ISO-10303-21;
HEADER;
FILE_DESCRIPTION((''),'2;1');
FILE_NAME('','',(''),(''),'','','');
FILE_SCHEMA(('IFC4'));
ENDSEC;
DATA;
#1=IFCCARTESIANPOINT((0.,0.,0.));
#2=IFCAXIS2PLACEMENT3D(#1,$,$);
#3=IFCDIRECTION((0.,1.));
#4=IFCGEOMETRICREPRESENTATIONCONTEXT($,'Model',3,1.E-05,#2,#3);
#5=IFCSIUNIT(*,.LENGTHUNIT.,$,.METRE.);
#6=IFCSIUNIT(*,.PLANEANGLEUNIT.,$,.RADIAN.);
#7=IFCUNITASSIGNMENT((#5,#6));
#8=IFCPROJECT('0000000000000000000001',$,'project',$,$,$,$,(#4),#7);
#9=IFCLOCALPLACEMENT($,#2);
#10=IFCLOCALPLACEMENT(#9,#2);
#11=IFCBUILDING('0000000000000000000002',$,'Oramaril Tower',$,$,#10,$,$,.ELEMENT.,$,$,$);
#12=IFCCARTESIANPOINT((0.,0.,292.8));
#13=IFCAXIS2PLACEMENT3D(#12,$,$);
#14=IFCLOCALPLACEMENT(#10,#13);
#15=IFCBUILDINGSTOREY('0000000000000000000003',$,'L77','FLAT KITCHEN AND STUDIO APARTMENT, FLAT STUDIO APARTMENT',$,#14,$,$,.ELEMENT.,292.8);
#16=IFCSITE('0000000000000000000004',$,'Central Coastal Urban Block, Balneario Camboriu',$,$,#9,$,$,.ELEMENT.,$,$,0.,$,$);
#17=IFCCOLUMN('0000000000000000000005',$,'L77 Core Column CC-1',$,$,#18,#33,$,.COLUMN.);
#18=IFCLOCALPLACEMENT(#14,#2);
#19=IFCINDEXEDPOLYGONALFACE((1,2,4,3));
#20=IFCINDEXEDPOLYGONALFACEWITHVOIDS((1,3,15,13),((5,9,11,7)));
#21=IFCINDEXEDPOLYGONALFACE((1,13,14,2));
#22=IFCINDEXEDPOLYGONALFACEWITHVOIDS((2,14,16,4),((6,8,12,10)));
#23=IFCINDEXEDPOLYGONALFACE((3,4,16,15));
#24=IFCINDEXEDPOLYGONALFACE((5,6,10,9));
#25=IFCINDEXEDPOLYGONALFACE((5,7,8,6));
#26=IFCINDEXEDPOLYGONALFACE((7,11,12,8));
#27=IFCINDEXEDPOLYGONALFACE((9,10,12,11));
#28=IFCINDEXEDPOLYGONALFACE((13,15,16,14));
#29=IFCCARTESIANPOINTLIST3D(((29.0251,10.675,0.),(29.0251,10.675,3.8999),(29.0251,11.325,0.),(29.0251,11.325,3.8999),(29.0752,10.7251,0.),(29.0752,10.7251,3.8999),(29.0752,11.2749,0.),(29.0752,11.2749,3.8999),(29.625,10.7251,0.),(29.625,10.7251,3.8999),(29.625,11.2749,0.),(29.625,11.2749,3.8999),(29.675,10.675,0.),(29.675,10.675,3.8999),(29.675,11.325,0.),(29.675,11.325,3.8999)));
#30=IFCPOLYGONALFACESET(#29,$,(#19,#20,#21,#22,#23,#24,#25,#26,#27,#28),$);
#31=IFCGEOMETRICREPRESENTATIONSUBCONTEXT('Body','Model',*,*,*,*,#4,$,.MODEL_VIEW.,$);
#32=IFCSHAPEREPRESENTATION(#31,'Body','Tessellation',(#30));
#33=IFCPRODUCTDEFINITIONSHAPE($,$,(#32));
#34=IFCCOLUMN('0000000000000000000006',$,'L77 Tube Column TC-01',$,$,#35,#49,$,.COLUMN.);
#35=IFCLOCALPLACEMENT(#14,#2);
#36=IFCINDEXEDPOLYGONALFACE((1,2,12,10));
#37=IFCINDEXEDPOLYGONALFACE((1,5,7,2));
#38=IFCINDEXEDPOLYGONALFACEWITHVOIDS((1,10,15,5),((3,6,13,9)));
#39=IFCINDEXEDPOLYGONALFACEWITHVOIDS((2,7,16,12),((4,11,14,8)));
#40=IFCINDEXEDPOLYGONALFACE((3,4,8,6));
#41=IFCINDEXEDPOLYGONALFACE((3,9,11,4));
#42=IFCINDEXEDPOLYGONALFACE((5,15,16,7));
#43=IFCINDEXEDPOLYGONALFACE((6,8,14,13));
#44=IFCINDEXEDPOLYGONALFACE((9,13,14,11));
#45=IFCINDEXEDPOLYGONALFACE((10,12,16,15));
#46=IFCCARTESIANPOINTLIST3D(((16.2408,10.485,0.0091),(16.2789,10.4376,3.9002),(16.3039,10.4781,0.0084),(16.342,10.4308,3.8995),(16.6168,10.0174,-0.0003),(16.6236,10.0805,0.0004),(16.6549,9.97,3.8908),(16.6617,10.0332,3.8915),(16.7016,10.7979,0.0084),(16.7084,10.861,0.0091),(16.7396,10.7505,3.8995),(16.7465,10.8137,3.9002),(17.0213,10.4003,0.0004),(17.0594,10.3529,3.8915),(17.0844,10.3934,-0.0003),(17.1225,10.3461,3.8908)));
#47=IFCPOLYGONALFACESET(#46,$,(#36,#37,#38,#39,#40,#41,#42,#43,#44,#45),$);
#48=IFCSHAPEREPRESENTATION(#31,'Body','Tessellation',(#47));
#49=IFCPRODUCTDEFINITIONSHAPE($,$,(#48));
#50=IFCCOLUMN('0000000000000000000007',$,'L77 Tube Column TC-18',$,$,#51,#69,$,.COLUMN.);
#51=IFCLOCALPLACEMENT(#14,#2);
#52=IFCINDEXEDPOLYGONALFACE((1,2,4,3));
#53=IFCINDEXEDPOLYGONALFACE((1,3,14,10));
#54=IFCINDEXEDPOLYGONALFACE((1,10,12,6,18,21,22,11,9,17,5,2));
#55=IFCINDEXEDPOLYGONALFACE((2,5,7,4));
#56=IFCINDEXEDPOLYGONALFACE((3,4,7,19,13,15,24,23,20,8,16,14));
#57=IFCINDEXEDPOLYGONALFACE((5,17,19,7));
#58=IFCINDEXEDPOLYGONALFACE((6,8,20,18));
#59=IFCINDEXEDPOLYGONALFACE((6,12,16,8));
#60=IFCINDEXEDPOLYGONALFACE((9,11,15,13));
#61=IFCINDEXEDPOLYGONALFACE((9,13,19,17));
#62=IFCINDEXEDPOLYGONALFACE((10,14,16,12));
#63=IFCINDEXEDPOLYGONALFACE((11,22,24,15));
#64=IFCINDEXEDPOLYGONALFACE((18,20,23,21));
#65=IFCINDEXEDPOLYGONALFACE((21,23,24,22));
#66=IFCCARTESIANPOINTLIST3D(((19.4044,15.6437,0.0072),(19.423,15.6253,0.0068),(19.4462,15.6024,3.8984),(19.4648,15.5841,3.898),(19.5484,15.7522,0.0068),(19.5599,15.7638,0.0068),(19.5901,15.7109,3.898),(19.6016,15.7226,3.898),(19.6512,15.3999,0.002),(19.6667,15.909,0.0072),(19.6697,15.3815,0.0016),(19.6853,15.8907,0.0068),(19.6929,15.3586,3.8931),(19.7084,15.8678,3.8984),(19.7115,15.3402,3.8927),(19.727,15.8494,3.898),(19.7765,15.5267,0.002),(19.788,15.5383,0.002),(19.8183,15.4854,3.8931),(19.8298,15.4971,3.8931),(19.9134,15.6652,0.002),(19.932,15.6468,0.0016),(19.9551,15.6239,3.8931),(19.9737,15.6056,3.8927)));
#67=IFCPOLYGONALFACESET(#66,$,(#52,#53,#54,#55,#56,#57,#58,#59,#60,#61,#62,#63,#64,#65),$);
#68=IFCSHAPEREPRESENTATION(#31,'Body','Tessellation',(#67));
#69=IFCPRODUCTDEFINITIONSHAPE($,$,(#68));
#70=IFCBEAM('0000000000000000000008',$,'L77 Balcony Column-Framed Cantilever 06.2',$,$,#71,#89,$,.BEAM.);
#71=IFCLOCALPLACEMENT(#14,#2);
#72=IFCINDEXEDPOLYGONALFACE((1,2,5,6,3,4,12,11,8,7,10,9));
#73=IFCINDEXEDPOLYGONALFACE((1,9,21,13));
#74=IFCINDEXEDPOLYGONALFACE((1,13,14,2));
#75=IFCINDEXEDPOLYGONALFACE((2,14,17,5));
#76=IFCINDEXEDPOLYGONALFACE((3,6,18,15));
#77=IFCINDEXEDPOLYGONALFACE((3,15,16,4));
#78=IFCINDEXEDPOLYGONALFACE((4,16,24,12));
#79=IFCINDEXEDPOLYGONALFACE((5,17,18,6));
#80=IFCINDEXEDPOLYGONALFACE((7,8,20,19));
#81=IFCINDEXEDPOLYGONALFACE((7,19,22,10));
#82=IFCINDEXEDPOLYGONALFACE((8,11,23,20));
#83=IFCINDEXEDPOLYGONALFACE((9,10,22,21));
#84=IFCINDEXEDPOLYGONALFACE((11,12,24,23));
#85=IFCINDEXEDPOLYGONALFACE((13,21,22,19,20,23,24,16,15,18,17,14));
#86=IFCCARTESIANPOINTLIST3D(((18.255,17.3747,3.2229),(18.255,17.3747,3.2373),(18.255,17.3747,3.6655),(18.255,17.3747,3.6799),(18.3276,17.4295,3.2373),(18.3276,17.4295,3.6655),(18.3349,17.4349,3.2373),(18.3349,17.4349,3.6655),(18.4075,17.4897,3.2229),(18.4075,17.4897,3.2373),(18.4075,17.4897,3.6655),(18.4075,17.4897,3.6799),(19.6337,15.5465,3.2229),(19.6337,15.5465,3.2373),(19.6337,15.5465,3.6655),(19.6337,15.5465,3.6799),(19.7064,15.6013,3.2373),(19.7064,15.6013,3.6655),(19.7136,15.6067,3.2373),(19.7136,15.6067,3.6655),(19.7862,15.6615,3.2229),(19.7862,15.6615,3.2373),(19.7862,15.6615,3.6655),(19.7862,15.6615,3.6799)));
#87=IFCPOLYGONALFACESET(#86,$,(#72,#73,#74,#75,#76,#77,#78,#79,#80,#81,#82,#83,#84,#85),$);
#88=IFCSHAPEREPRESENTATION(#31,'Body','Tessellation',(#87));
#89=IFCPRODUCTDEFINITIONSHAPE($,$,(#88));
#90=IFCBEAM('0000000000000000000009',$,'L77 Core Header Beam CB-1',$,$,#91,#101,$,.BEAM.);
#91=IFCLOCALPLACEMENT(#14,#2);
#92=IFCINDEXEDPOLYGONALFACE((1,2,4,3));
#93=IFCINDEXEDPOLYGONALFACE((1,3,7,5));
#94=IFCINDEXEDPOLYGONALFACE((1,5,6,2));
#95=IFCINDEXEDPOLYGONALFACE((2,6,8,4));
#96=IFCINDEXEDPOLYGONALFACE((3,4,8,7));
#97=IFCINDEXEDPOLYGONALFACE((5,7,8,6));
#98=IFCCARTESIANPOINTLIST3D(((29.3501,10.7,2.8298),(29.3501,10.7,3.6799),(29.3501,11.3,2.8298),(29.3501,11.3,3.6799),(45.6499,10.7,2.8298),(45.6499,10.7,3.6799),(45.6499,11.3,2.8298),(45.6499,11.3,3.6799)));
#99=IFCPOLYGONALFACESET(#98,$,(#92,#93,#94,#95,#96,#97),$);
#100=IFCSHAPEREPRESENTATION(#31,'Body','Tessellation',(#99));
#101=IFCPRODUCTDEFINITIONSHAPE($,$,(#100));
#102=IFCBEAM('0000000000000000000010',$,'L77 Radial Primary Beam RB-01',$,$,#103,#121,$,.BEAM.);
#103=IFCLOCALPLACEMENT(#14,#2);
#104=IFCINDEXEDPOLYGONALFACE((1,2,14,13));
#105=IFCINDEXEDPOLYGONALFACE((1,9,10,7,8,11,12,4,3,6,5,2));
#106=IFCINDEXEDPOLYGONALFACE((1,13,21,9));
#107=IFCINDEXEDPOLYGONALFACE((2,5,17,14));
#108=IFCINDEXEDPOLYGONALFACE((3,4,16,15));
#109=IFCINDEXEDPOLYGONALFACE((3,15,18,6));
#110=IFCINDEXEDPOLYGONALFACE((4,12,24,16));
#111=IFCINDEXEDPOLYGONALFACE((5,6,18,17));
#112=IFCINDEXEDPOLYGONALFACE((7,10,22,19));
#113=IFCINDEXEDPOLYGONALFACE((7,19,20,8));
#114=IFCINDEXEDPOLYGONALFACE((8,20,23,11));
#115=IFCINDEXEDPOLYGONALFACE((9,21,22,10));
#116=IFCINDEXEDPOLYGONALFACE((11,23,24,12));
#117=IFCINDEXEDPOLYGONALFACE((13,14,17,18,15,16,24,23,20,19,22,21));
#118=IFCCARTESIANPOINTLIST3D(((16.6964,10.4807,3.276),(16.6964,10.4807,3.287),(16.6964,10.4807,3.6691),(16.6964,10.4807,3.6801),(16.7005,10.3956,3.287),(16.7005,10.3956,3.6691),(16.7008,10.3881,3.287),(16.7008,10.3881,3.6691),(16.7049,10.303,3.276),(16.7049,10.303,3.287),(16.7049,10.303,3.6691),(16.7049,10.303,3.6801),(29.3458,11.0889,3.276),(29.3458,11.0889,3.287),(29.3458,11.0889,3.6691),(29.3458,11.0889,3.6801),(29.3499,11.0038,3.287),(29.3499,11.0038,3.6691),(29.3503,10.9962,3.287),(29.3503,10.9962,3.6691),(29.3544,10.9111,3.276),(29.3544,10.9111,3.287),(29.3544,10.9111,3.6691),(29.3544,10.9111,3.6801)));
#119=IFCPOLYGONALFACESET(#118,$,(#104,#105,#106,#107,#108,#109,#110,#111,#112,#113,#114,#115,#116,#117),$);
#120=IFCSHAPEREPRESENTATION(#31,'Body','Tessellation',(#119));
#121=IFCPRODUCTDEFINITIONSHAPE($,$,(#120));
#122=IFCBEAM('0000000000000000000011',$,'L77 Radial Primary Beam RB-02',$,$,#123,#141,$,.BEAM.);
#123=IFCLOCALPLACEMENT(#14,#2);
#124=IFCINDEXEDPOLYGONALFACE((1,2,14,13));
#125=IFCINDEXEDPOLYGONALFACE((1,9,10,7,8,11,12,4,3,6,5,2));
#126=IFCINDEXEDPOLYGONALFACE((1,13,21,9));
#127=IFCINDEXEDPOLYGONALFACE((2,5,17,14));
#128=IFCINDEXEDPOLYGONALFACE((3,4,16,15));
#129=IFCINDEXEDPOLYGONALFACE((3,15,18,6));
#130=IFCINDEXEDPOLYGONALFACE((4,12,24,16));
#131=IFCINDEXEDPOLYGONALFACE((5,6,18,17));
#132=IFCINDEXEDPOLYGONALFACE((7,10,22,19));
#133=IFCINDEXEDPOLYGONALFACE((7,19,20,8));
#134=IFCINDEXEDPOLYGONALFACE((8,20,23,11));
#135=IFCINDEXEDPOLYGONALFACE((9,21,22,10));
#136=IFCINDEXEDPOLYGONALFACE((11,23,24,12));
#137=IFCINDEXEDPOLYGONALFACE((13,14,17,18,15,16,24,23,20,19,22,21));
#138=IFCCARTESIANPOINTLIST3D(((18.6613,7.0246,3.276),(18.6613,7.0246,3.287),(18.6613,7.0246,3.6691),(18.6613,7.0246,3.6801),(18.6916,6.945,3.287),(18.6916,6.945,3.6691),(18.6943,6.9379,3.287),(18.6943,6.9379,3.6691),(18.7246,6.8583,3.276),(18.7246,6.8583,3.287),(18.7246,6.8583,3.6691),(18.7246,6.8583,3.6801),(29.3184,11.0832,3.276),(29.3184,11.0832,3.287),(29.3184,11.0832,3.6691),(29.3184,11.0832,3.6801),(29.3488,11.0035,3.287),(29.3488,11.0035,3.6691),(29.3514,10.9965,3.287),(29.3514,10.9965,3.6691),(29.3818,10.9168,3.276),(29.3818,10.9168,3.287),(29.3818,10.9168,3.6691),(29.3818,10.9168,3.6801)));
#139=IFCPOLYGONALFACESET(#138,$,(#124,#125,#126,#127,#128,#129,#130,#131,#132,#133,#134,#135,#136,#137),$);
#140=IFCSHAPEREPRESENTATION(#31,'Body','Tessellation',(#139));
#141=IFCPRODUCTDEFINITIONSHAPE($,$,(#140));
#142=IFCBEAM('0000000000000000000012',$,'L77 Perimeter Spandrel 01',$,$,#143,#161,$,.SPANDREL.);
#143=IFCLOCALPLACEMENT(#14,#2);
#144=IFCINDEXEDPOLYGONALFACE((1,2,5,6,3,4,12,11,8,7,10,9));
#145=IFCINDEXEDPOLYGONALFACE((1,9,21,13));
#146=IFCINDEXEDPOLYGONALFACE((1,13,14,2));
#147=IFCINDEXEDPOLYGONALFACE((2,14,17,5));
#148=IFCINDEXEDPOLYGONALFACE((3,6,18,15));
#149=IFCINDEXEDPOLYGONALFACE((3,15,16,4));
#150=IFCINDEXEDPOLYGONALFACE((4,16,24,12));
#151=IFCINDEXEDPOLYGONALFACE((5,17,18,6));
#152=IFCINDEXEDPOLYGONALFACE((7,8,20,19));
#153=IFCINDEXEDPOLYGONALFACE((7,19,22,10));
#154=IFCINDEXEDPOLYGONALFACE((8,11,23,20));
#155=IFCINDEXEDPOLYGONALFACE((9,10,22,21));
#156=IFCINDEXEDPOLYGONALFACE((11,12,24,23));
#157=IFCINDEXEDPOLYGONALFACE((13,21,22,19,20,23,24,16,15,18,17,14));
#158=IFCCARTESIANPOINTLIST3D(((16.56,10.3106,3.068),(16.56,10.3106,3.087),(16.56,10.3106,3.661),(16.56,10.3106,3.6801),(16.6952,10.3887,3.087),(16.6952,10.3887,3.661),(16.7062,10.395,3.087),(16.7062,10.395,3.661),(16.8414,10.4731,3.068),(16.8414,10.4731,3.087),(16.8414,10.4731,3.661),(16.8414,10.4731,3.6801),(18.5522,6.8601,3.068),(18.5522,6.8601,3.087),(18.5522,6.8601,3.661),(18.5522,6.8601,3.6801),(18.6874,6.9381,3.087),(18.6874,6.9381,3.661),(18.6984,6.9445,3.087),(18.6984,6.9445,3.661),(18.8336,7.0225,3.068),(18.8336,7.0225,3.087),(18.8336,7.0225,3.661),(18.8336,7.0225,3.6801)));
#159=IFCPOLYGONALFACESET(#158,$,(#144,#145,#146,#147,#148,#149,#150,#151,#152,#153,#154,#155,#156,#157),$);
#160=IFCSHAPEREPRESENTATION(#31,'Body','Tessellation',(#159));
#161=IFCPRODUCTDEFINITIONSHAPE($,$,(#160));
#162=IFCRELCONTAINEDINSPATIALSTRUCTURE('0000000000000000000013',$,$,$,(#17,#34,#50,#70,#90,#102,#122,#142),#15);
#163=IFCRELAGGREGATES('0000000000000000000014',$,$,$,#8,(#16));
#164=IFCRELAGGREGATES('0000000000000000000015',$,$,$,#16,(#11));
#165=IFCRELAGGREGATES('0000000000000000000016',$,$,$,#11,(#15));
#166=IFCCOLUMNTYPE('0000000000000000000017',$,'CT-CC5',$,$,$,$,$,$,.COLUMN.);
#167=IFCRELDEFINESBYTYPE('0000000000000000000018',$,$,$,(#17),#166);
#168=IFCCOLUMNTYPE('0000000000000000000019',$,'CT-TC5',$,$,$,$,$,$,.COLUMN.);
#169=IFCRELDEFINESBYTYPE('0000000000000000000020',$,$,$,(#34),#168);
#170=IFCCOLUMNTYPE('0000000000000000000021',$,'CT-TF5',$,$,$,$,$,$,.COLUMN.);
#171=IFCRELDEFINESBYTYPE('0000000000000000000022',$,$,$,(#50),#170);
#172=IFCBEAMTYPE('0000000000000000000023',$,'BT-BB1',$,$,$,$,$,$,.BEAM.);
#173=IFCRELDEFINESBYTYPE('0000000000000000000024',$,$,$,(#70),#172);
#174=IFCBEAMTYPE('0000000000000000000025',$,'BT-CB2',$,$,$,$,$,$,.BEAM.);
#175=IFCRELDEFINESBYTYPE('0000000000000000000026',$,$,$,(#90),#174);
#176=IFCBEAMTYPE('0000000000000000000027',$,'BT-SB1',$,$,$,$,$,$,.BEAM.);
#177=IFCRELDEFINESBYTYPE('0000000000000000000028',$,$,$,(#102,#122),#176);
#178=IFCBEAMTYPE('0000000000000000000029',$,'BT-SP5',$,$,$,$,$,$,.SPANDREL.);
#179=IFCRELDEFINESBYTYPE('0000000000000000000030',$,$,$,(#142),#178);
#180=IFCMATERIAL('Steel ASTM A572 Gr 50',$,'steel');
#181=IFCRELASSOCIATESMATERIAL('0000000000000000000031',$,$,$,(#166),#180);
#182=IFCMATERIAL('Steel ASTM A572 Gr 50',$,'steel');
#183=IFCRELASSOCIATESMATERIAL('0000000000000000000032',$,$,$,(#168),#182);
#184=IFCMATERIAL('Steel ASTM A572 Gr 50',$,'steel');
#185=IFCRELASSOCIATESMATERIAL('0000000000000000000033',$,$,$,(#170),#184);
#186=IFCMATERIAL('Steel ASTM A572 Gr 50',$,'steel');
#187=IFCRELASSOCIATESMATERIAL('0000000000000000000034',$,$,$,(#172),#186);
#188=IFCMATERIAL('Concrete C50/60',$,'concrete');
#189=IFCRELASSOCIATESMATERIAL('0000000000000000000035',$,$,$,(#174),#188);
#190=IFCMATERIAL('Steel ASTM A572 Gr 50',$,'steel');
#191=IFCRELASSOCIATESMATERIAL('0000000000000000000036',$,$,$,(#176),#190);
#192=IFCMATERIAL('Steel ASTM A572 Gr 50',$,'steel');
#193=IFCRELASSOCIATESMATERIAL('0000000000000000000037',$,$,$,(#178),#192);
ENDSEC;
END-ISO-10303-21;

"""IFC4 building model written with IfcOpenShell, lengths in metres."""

from ifc_helpers import new_model, si_unit, direction, frame, origin, origin_2d, place, context, subcontext, project, spatial, rectangle, hollow_rectangle, i_section, extrude, material, material_profile, profile_set, type_object, element, save


model = new_model("IFC4")

# Units and contexts
model_context = context("Model", 3, precision=1e-05, world=origin(), true_north=direction((0.0, 1.0)))
body_context = subcontext(model_context, "Body", "Model", "MODEL_VIEW")
ifc_project = project(units=[si_unit("LENGTHUNIT", "METRE"), si_unit("PLANEANGLEUNIT", "RADIAN")], contexts=[model_context])

# Site, building, storey
site_placement = place(None, origin())
site = spatial("IfcSite", under=ifc_project, at=site_placement, Name="Central Coastal Urban Block, Balneario Camboriu", CompositionType="ELEMENT", RefElevation=0.0)
building_placement = place(site_placement, origin())
building = spatial("IfcBuilding", under=site, at=building_placement, Name="Oramaril Tower", CompositionType="ELEMENT")
storey_placement = place(building_placement, frame((0.0, 0.0, 292.8)))
storey = spatial("IfcBuildingStorey", under=building, at=storey_placement, Name="L77", Description="FLAT KITCHEN AND STUDIO APARTMENT, FLAT STUDIO APARTMENT", CompositionType="ELEMENT", Elevation=292.8)

# Columns
ifc_material_1 = material(Name="Steel ASTM A572 Gr 50", Category="steel")
ifc_material_profile_1 = material_profile(ifc_material_1, hollow_rectangle(XDim=0.6499, YDim=0.6499, WallThickness=0.05, at=origin_2d()), Name="BOX650X650X50")
ifc_profile_set_1 = profile_set([ifc_material_profile_1], Name="Steel ASTM A572 Gr 50")
column_type_1 = type_object("IfcColumnType", Name="CT-CC5", PredefinedType="COLUMN", material=ifc_profile_set_1)
column_1_placement = place(storey_placement, frame((29.3501, 11.0, 0.0), z_axis=(0.0, 0.0, 1.0), x_axis=(1.0, 0.0, 0.0)))
element("IfcColumn", 1, at=column_1_placement, inside=storey, type_object=column_type_1, Name="L77 Core Column CC-1", PredefinedType="COLUMN", context=body_context, shape_type="SweptSolid", body=[
    extrude(hollow_rectangle(XDim=0.6499, YDim=0.6499, WallThickness=0.05, at=origin_2d()), origin(), (0.0, 0.0, 1.0), 3.8999),
])
ifc_material_2 = material(Name="Steel ASTM A572 Gr 50", Category="steel")
ifc_material_profile_2 = material_profile(ifc_material_2, hollow_rectangle(XDim=0.6001, YDim=0.6001, WallThickness=0.0449, at=origin_2d()), Name="BOX600X600X45")
ifc_profile_set_2 = profile_set([ifc_material_profile_2], Name="Steel ASTM A572 Gr 50")
column_type_2 = type_object("IfcColumnType", Name="CT-TC5", PredefinedType="COLUMN", material=ifc_profile_set_2)
column_2_placement = place(storey_placement, frame((16.6626, 10.4392, 0.0044), z_axis=(0.009787, -0.012171, 0.999878), x_axis=(0.779299, 0.626653, 0.0)))
element("IfcColumn", 2, at=column_2_placement, inside=storey, type_object=column_type_2, Name="L77 Tube Column TC-01", PredefinedType="COLUMN", context=body_context, shape_type="SweptSolid", body=[
    extrude(hollow_rectangle(XDim=0.6001, YDim=0.6001, WallThickness=0.0449, at=origin_2d()), origin(), (0.0, 0.0, 1.0), 3.8916),
])
ifc_material_3 = material(Name="Steel ASTM A572 Gr 50", Category="steel")
ifc_material_profile_3 = material_profile(ifc_material_3, i_section(OverallWidth=0.373, OverallDepth=0.373, WebThickness=0.0164, FlangeThickness=0.0261, at=origin_2d()), Name="W14X132")
ifc_profile_set_3 = profile_set([ifc_material_profile_3], Name="Steel ASTM A572 Gr 50")
column_type_3 = type_object("IfcColumnType", Name="CT-TF5", PredefinedType="COLUMN", material=ifc_profile_set_3)
column_3_placement = place(storey_placement, frame((19.6682, 15.6453, 0.0044), z_axis=(0.010728, -0.010602, 0.999886), x_axis=(0.702935, 0.711254, 0.0)))
element("IfcColumn", 3, at=column_3_placement, inside=storey, type_object=column_type_3, Name="L77 Tube Column TC-18", PredefinedType="COLUMN", context=body_context, shape_type="SweptSolid", body=[
    extrude(i_section(OverallWidth=0.373, OverallDepth=0.373, WebThickness=0.0164, FlangeThickness=0.0261, at=origin_2d()), origin(), (0.0, 0.0, 1.0), 3.8916),
])

# Beams
ifc_material_4 = material(Name="Steel ASTM A572 Gr 50", Category="steel")
ifc_material_profile_4 = material_profile(ifc_material_4, i_section(OverallWidth=0.1909, OverallDepth=0.457, WebThickness=0.009, FlangeThickness=0.0144, at=origin_2d()), Name="W18X50")
ifc_profile_set_4 = profile_set([ifc_material_profile_4], Name="Steel ASTM A572 Gr 50")
beam_type_1 = type_object("IfcBeamType", Name="BT-BB1", PredefinedType="BEAM", material=ifc_profile_set_4)
beam_1_placement = place(storey_placement, frame((19.71, 15.604, 3.4514), z_axis=(-0.602113, 0.798411, 0.0), x_axis=(-0.798411, -0.602113, 0.0)))
element("IfcBeam", 4, at=beam_1_placement, inside=storey, type_object=beam_type_1, Name="L77 Balcony Column-Framed Cantilever 06.2", PredefinedType="BEAM", context=body_context, shape_type="SweptSolid", body=[
    extrude(i_section(OverallWidth=0.1909, OverallDepth=0.457, WebThickness=0.009, FlangeThickness=0.0144, at=origin_2d()), origin(), (0.0, 0.0, 1.0), 2.2898),
])
ifc_material_5 = material(Name="Concrete C50/60", Category="concrete")
ifc_material_profile_5 = material_profile(ifc_material_5, rectangle(XDim=0.6001, YDim=0.8501, at=origin_2d()), Name="CB600X850")
ifc_profile_set_5 = profile_set([ifc_material_profile_5], Name="Concrete C50/60")
beam_type_2 = type_object("IfcBeamType", Name="BT-CB2", PredefinedType="BEAM", material=ifc_profile_set_5)
beam_2_placement = place(storey_placement, frame((29.3501, 11.0, 3.2549), z_axis=(1.0, 0.0, 0.0), x_axis=(0.0, 1.0, 0.0)))
element("IfcBeam", 5, at=beam_2_placement, inside=storey, type_object=beam_type_2, Name="L77 Core Header Beam CB-1", PredefinedType="BEAM", context=body_context, shape_type="SweptSolid", body=[
    extrude(rectangle(XDim=0.6001, YDim=0.8501, at=origin_2d()), origin(), (0.0, 0.0, 1.0), 16.2998),
])
ifc_material_6 = material(Name="Steel ASTM A572 Gr 50", Category="steel")
ifc_material_profile_6 = material_profile(ifc_material_6, i_section(OverallWidth=0.178, OverallDepth=0.4041, WebThickness=0.0076, FlangeThickness=0.011, at=origin_2d()), Name="W16X36")
ifc_profile_set_6 = profile_set([ifc_material_profile_6], Name="Steel ASTM A572 Gr 50")
beam_type_3 = type_object("IfcBeamType", Name="BT-SB1", PredefinedType="BEAM", material=ifc_profile_set_6)
beam_3_placement = place(storey_placement, frame((29.3501, 11.0, 3.478), z_axis=(-0.998846, -0.048022, 0.0), x_axis=(0.048022, -0.998846, 0.0)))
element("IfcBeam", 6, at=beam_3_placement, inside=storey, type_object=beam_type_3, Name="L77 Radial Primary Beam RB-01", PredefinedType="BEAM", context=body_context, shape_type="SweptSolid", body=[
    extrude(i_section(OverallWidth=0.178, OverallDepth=0.4041, WebThickness=0.0076, FlangeThickness=0.011, at=origin_2d()), origin(), (0.0, 0.0, 1.0), 12.6641),
])
beam_4_placement = place(storey_placement, frame((29.3501, 11.0, 3.478), z_axis=(-0.934526, -0.355896, 0.0), x_axis=(0.355896, -0.934526, 0.0)))
element("IfcBeam", 7, at=beam_4_placement, inside=storey, type_object=beam_type_3, Name="L77 Radial Primary Beam RB-02", PredefinedType="BEAM", context=body_context, shape_type="SweptSolid", body=[
    extrude(i_section(OverallWidth=0.178, OverallDepth=0.4041, WebThickness=0.0076, FlangeThickness=0.011, at=origin_2d()), origin(), (0.0, 0.0, 1.0), 11.4038),
])
ifc_material_7 = material(Name="Steel ASTM A572 Gr 50", Category="steel")
ifc_material_profile_7 = material_profile(ifc_material_7, i_section(OverallWidth=0.325, OverallDepth=0.6121, WebThickness=0.0127, FlangeThickness=0.019, at=origin_2d()), Name="W24X104")
ifc_profile_set_7 = profile_set([ifc_material_profile_7], Name="Steel ASTM A572 Gr 50")
beam_type_4 = type_object("IfcBeamType", Name="BT-SP5", PredefinedType="SPANDREL", material=ifc_profile_set_7)
beam_5_placement = place(storey_placement, frame((16.7007, 10.3918, 3.374), z_axis=(0.500014, -0.866017, 0.0), x_axis=(0.866017, 0.500014, 0.0)))
element("IfcBeam", 8, at=beam_5_placement, inside=storey, type_object=beam_type_4, Name="L77 Perimeter Spandrel 01", PredefinedType="SPANDREL", context=body_context, shape_type="SweptSolid", body=[
    extrude(i_section(OverallWidth=0.325, OverallDepth=0.6121, WebThickness=0.0127, FlangeThickness=0.019, at=origin_2d()), origin(), (0.0, 0.0, 1.0), 3.9844),
])

save(model, "model.ifc")
